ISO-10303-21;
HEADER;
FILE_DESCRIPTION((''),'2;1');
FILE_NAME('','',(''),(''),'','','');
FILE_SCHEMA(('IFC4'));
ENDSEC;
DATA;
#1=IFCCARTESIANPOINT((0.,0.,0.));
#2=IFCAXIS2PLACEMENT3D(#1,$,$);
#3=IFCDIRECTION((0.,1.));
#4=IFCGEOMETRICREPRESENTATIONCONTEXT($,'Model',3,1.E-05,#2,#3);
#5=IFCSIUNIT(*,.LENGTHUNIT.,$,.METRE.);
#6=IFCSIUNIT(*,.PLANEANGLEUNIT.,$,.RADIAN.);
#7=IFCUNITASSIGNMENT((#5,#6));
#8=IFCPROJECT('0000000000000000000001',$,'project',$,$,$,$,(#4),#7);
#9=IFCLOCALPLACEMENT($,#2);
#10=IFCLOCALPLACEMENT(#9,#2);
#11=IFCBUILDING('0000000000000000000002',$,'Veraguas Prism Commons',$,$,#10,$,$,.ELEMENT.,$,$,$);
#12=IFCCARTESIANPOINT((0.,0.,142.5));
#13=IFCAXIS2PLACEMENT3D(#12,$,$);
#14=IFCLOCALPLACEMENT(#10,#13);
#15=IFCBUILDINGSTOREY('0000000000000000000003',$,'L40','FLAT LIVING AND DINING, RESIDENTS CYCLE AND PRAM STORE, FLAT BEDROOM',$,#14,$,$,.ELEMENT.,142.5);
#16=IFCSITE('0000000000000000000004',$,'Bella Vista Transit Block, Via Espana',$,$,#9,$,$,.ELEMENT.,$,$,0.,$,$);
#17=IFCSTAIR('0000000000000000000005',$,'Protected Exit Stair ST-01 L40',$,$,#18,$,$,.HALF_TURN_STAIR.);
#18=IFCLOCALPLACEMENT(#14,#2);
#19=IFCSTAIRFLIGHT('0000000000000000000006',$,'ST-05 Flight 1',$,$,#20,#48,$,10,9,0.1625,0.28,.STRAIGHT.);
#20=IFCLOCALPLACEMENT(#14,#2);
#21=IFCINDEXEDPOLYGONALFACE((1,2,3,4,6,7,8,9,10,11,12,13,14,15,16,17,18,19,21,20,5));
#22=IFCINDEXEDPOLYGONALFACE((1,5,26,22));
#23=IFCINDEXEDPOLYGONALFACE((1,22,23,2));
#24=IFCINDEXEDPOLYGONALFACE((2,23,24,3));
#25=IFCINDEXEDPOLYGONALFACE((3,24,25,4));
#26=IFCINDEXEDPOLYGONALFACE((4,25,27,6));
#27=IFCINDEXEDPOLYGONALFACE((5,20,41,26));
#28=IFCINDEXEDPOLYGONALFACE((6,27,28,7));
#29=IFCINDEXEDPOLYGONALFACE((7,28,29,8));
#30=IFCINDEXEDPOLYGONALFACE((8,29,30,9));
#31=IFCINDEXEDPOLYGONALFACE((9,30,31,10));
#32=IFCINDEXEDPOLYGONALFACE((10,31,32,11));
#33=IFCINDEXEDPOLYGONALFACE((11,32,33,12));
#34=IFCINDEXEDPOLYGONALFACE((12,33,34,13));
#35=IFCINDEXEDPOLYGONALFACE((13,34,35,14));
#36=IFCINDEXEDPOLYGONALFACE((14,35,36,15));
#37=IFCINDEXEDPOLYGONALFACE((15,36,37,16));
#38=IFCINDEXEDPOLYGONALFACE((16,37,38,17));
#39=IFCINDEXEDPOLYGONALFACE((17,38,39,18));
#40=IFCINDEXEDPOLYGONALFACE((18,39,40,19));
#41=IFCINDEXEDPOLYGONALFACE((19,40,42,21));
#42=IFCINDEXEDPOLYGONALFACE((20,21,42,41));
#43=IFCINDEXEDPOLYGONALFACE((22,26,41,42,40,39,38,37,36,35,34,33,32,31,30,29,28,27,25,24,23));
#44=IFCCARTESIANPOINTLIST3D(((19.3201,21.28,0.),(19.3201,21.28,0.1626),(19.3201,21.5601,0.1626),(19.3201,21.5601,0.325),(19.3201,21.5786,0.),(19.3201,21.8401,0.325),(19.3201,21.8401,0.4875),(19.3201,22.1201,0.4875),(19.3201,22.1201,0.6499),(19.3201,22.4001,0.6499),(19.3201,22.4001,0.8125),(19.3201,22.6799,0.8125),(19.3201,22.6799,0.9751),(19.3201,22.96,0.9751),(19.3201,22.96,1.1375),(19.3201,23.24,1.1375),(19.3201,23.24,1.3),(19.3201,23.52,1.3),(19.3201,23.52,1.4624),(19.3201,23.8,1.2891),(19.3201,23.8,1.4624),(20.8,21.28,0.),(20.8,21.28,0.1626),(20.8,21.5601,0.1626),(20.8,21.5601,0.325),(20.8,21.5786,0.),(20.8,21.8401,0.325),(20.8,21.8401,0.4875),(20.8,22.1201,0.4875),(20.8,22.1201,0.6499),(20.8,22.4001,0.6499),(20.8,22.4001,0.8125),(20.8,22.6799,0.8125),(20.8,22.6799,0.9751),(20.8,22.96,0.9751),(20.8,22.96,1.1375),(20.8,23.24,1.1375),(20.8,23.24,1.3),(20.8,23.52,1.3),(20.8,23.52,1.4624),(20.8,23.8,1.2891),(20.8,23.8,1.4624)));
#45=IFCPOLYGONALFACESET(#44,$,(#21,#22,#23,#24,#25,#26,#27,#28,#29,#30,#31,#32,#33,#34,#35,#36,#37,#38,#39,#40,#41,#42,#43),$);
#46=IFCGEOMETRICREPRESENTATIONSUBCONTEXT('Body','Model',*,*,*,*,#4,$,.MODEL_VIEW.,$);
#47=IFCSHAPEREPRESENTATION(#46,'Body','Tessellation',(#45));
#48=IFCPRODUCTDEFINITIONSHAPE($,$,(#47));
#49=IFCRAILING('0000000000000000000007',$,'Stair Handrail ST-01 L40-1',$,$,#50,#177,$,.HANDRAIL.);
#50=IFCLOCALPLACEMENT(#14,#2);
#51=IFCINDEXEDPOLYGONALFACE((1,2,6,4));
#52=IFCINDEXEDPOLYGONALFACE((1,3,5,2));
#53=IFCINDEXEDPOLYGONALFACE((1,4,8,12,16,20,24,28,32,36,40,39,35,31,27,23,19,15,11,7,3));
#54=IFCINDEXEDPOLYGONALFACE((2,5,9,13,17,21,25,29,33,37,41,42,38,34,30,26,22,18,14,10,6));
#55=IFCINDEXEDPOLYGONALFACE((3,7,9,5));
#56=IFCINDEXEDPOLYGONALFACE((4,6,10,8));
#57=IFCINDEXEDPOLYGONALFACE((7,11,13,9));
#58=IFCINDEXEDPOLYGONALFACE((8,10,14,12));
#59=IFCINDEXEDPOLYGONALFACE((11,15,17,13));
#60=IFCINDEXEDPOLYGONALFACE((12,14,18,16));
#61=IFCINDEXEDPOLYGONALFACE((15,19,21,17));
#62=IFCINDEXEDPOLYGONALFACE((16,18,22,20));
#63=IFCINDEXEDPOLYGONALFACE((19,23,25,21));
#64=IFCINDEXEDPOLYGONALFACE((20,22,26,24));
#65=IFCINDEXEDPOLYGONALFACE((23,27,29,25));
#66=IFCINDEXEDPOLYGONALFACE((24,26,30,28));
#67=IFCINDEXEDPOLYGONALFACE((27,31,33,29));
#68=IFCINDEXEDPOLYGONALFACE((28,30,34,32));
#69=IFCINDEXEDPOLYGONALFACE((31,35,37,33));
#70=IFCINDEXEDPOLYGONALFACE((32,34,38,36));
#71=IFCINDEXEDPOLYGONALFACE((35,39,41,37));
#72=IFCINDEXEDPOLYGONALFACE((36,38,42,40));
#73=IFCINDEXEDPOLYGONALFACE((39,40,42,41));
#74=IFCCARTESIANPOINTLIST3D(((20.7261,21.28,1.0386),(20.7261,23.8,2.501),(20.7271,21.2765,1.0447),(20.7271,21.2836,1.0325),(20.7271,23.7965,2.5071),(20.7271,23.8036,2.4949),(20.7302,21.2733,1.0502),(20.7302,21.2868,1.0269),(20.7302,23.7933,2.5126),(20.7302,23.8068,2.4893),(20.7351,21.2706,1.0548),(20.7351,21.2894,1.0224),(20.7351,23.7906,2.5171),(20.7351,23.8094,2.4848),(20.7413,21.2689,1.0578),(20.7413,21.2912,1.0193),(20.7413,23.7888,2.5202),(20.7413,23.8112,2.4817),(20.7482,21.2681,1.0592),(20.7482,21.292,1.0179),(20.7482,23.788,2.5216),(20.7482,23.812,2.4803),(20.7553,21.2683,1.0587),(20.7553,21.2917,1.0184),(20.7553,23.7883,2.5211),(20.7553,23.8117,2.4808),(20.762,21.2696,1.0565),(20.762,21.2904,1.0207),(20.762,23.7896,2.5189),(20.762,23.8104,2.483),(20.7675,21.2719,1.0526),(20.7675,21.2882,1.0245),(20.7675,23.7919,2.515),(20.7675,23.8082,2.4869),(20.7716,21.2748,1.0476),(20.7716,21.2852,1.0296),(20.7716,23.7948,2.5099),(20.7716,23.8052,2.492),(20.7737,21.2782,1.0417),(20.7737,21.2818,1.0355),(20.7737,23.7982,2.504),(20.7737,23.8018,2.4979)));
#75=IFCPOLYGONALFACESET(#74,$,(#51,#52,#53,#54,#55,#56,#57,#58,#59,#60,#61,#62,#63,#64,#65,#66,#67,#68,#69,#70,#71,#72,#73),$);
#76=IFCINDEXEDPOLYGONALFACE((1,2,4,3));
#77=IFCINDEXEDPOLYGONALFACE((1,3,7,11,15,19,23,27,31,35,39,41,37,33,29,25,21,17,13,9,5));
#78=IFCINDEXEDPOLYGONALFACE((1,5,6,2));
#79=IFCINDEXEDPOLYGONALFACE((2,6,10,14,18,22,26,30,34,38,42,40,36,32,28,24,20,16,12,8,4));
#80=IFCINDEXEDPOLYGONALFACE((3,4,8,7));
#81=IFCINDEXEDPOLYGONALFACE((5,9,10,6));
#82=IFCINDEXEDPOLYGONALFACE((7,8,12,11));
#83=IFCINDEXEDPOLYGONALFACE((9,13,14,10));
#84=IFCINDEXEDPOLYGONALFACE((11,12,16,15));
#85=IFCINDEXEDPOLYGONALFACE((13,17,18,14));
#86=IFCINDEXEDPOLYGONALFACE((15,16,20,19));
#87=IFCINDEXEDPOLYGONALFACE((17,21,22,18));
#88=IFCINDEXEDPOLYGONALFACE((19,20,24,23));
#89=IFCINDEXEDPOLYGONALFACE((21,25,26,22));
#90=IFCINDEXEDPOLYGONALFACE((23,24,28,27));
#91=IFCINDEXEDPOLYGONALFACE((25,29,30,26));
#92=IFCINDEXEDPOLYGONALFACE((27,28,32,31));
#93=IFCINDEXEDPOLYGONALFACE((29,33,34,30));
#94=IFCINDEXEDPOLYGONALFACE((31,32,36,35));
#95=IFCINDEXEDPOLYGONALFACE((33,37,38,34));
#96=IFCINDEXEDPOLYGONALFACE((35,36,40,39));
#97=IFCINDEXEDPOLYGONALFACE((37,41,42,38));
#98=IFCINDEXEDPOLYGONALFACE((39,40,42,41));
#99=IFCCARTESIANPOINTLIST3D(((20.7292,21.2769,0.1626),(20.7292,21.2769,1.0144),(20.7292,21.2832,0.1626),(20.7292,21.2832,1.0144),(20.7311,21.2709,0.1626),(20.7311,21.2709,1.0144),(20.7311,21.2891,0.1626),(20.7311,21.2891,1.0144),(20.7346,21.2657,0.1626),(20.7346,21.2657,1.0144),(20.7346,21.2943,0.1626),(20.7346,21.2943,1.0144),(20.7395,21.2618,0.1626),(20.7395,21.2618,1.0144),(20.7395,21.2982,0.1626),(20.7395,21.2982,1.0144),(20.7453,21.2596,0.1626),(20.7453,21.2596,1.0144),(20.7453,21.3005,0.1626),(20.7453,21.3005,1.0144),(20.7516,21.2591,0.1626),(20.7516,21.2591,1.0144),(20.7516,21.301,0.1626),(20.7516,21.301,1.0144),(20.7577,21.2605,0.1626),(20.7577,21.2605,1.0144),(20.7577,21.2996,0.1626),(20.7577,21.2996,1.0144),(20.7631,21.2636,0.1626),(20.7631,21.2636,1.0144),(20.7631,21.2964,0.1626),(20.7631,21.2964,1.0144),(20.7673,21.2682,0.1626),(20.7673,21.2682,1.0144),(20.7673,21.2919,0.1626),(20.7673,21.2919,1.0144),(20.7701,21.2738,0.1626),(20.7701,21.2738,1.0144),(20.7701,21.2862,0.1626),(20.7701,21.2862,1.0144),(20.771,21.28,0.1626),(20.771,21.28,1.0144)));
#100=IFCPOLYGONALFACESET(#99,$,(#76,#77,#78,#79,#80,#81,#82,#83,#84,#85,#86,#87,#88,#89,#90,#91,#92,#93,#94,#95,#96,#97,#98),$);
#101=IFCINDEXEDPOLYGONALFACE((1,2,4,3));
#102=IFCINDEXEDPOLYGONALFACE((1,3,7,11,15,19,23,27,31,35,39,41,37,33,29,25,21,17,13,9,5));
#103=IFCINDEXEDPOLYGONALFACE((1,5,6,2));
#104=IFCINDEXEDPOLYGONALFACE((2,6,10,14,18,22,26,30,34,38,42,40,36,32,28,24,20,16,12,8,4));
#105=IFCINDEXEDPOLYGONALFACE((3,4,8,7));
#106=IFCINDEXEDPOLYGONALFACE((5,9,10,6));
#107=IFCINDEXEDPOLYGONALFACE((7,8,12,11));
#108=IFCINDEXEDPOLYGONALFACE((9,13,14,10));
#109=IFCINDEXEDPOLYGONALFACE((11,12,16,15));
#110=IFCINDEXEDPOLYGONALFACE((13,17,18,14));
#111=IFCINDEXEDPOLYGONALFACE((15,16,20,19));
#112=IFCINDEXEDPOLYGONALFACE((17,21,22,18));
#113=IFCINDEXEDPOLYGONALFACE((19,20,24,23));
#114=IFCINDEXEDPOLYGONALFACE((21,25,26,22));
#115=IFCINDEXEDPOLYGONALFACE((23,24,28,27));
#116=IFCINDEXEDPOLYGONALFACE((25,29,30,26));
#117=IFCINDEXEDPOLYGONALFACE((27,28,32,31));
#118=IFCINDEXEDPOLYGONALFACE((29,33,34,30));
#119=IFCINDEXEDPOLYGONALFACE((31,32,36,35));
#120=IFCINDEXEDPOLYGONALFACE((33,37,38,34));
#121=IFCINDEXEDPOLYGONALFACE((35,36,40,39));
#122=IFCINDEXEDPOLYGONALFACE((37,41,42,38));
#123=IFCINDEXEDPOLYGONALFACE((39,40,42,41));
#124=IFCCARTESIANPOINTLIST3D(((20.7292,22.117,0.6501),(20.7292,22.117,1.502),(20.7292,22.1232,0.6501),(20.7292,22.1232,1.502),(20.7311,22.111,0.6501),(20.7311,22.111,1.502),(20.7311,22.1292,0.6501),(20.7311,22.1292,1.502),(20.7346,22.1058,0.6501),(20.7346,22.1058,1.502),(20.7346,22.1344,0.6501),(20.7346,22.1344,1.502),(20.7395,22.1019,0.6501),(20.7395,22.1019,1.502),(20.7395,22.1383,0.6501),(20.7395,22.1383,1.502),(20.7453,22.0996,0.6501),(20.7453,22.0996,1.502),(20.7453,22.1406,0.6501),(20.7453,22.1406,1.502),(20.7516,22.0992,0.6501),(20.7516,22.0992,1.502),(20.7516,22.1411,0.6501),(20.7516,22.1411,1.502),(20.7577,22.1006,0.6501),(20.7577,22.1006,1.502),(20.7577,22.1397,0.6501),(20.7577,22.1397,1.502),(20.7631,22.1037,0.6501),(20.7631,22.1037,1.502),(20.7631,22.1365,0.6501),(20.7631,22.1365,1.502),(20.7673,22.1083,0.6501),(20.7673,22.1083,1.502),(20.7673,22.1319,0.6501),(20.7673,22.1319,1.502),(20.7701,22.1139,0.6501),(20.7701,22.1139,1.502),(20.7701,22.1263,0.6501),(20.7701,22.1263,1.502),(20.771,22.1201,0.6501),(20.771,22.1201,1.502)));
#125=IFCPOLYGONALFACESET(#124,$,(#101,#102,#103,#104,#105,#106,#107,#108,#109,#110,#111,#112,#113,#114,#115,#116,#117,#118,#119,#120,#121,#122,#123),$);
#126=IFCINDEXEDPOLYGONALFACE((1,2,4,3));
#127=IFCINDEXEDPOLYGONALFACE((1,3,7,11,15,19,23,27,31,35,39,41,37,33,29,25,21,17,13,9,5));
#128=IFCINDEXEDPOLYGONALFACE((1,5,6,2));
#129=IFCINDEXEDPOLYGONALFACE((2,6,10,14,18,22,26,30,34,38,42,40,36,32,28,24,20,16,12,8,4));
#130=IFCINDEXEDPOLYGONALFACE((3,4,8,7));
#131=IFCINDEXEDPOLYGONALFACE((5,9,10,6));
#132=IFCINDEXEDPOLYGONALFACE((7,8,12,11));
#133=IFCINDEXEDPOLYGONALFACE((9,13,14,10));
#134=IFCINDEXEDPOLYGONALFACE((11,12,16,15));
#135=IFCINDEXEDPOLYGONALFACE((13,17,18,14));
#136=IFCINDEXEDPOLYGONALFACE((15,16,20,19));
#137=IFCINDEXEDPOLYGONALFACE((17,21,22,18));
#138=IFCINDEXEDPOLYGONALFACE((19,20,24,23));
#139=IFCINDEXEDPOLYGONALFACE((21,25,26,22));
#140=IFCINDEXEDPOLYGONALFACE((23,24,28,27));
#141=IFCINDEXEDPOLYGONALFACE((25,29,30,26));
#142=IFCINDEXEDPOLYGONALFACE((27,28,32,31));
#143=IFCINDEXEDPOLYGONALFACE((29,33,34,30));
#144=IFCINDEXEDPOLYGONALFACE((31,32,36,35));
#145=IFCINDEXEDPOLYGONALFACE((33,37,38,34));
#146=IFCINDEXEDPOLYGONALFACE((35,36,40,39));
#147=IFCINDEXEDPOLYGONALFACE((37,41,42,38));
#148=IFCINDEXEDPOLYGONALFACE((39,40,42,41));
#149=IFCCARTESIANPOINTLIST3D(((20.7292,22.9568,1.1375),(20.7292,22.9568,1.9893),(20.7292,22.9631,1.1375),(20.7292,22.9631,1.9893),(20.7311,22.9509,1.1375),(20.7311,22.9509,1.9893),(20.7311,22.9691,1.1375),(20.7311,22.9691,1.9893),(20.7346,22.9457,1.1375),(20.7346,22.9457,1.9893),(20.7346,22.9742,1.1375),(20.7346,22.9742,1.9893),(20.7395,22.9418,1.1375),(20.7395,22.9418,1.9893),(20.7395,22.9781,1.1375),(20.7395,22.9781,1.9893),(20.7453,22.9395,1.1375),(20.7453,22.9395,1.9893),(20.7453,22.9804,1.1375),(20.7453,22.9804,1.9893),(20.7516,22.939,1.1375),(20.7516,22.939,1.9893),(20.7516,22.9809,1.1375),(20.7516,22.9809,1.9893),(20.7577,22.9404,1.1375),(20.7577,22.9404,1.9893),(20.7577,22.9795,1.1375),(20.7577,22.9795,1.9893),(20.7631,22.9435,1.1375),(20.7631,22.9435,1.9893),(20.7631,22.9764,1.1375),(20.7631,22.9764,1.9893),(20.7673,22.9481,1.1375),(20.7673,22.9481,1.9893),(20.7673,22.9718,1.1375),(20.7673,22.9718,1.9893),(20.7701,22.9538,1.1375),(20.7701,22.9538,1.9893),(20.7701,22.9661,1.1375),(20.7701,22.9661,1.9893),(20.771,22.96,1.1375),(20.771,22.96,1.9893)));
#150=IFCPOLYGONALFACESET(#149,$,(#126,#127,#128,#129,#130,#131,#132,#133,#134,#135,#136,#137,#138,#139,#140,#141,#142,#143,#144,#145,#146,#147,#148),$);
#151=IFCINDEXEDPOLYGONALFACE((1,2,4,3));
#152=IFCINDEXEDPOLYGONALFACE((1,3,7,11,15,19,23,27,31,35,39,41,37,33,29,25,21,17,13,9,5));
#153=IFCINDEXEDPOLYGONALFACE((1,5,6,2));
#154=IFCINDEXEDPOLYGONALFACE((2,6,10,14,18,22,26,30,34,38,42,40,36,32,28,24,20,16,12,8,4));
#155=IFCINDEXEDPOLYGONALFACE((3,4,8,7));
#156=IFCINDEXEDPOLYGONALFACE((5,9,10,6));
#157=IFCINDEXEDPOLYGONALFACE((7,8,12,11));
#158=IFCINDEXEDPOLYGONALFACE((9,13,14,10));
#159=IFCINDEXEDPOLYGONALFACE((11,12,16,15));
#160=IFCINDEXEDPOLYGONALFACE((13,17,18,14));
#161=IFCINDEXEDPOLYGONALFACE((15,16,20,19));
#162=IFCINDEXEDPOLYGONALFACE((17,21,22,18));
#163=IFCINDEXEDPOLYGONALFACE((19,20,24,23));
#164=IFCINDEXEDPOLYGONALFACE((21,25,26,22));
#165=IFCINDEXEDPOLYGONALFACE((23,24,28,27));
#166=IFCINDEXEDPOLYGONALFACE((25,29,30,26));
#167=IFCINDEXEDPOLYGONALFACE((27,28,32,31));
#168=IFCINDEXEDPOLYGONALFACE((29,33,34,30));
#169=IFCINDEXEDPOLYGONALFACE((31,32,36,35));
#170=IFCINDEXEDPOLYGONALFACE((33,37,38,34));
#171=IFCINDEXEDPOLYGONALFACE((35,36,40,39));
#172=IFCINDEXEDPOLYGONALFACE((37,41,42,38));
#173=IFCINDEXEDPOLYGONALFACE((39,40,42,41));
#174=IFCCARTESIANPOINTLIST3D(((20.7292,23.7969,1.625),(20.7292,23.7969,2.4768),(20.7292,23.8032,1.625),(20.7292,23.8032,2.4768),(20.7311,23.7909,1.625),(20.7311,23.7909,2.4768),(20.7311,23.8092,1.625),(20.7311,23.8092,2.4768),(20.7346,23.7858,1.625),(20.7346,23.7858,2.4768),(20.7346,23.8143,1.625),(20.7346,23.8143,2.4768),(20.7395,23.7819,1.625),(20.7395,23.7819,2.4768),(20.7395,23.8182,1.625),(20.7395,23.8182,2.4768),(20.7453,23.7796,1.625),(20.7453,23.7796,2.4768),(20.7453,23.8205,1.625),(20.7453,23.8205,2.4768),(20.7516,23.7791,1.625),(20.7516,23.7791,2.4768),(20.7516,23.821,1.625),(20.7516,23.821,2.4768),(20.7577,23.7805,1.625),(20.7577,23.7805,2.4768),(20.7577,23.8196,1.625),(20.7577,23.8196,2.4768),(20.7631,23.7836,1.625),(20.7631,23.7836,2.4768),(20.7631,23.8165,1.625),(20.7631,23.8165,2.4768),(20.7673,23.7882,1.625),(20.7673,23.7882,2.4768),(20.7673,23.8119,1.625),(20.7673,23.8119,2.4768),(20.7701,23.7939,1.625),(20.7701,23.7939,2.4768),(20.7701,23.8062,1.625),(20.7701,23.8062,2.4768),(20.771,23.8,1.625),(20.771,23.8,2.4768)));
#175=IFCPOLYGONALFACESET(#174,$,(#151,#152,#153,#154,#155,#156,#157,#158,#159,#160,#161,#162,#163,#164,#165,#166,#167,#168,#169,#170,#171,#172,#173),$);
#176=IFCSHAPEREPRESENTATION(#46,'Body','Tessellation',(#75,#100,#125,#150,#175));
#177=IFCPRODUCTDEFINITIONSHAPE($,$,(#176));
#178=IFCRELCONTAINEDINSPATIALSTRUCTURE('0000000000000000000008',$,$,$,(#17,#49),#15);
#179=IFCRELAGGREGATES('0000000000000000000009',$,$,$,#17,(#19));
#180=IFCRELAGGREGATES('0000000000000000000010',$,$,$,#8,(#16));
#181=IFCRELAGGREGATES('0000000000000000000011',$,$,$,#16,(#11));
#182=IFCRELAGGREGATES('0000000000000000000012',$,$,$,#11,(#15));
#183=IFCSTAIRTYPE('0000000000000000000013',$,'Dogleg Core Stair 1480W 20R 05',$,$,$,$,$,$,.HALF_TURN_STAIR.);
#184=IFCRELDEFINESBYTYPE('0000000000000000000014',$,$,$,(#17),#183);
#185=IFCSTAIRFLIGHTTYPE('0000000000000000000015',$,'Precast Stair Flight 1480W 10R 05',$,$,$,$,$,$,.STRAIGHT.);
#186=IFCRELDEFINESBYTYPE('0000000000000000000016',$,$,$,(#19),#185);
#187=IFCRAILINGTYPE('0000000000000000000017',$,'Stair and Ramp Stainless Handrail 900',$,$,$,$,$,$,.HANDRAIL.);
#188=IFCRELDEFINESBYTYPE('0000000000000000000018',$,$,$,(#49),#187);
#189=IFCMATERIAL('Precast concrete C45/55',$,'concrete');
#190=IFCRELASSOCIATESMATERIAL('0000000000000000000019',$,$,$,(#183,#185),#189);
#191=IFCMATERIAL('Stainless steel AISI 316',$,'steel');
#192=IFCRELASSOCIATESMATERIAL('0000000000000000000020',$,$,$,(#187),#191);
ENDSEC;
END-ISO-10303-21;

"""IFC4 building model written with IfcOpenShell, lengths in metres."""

from ifc_helpers import new_model, si_unit, direction, frame, origin, origin_2d, place, context, subcontext, project, spatial, polyline, circle, outline, extrude, material, type_object, element, aggregate, save


model = new_model("IFC4")

# Units and contexts
model_context = context("Model", 3, precision=1e-05, world=origin(), true_north=direction((0.0, 1.0)))
body_context = subcontext(model_context, "Body", "Model", "MODEL_VIEW")
ifc_project = project(units=[si_unit("LENGTHUNIT", "METRE"), si_unit("PLANEANGLEUNIT", "RADIAN")], contexts=[model_context])

# Site, building, storey
site_placement = place(None, origin())
site = spatial("IfcSite", under=ifc_project, at=site_placement, Name="Bella Vista Transit Block, Via Espana", CompositionType="ELEMENT", RefElevation=0.0)
building_placement = place(site_placement, origin())
building = spatial("IfcBuilding", under=site, at=building_placement, Name="Veraguas Prism Commons", CompositionType="ELEMENT")
storey_placement = place(building_placement, frame((0.0, 0.0, 142.5)))
storey = spatial("IfcBuildingStorey", under=building, at=storey_placement, Name="L40", Description="FLAT LIVING AND DINING, RESIDENTS CYCLE AND PRAM STORE, FLAT BEDROOM", CompositionType="ELEMENT", Elevation=142.5)

# Shared definitions
ifc_material_1 = material(Name="Stainless steel AISI 316", Category="steel")

# Stair, stair flight
ifc_material_2 = material(Name="Precast concrete C45/55", Category="concrete")
stair_type = type_object("IfcStairType", Name="Dogleg Core Stair 1480W 20R 05", PredefinedType="HALF_TURN_STAIR", material=ifc_material_2)
stair_placement = place(storey_placement, origin())
stair = element("IfcStair", 1, at=stair_placement, inside=storey, type_object=stair_type, Name="Protected Exit Stair ST-01 L40", PredefinedType="HALF_TURN_STAIR")
stair_flight_type = type_object("IfcStairFlightType", Name="Precast Stair Flight 1480W 10R 05", PredefinedType="STRAIGHT", material=ifc_material_2)
stair_flight_placement = place(storey_placement, frame((20.0601, 21.28, 0.0), z_axis=(0.0, 0.0, 1.0), x_axis=(0.0, 1.0, 0.0)))
stair_flight = element("IfcStairFlight", 2, at=stair_flight_placement, type_object=stair_flight_type, Name="ST-05 Flight 1", NumberOfRisers=10, NumberOfTreads=9, PredefinedType="STRAIGHT", RiserHeight=0.1625, TreadLength=0.28, context=body_context, shape_type="SweptSolid", body=[
    extrude(outline(polyline([(0.0, 0.0), (0.0, 0.1626), (0.28, 0.1626), (0.28, 0.325), (0.5601, 0.325), (0.5601, 0.4875), (0.8401, 0.4875), (0.8401, 0.6499), (1.1201, 0.6499), (1.1201, 0.8125), (1.3999, 0.8125), (1.3999, 0.9751), (1.6799, 0.9751), (1.6799, 1.1375), (1.96, 1.1375), (1.96, 1.3), (2.24, 1.3), (2.24, 1.4624), (2.52, 1.4624), (2.52, 1.625), (2.52, 1.2891), (0.2986, 0.0), (0.0, 0.0)])), frame((0.0, 0.74, 0.0), z_axis=(0.0, -1.0, 0.0), x_axis=(1.0, 0.0, 0.0)), (0.0, 0.0, 1.0), 1.48),
])
aggregate(stair, [stair_flight])

# Railing
railing_type_1 = type_object("IfcRailingType", Name="Stair and Ramp Stainless Handrail 900", PredefinedType="HANDRAIL", material=ifc_material_1)
railing_1_placement = place(storey_placement, frame((20.75, 21.28, 0.1626)))
element("IfcRailing", 3, at=railing_1_placement, inside=storey, type_object=railing_type_1, Name="Stair Handrail ST-01 L40-1", PredefinedType="HANDRAIL", context=body_context, shape_type="SweptSolid", body=[
    extrude(circle(Radius=0.0239, at=origin_2d()), frame((0.0, 0.0, 0.876), z_axis=(0.0, 0.864913, 0.501921), x_axis=(-1.0, 0.0, 0.0)), (0.0, 0.0, 1.0), 2.9136),
    extrude(circle(Radius=0.021, at=origin_2d()), origin(), (0.0, 0.0, 1.0), 0.8518),
    extrude(circle(Radius=0.021, at=origin_2d()), frame((0.0, 0.8401, 0.4875)), (0.0, 0.0, 1.0), 0.8518),
    extrude(circle(Radius=0.021, at=origin_2d()), frame((0.0, 1.6799, 0.9749)), (0.0, 0.0, 1.0), 0.8518),
    extrude(circle(Radius=0.021, at=origin_2d()), frame((0.0, 2.52, 1.4624)), (0.0, 0.0, 1.0), 0.8518),
])

save(model, "model.ifc")
